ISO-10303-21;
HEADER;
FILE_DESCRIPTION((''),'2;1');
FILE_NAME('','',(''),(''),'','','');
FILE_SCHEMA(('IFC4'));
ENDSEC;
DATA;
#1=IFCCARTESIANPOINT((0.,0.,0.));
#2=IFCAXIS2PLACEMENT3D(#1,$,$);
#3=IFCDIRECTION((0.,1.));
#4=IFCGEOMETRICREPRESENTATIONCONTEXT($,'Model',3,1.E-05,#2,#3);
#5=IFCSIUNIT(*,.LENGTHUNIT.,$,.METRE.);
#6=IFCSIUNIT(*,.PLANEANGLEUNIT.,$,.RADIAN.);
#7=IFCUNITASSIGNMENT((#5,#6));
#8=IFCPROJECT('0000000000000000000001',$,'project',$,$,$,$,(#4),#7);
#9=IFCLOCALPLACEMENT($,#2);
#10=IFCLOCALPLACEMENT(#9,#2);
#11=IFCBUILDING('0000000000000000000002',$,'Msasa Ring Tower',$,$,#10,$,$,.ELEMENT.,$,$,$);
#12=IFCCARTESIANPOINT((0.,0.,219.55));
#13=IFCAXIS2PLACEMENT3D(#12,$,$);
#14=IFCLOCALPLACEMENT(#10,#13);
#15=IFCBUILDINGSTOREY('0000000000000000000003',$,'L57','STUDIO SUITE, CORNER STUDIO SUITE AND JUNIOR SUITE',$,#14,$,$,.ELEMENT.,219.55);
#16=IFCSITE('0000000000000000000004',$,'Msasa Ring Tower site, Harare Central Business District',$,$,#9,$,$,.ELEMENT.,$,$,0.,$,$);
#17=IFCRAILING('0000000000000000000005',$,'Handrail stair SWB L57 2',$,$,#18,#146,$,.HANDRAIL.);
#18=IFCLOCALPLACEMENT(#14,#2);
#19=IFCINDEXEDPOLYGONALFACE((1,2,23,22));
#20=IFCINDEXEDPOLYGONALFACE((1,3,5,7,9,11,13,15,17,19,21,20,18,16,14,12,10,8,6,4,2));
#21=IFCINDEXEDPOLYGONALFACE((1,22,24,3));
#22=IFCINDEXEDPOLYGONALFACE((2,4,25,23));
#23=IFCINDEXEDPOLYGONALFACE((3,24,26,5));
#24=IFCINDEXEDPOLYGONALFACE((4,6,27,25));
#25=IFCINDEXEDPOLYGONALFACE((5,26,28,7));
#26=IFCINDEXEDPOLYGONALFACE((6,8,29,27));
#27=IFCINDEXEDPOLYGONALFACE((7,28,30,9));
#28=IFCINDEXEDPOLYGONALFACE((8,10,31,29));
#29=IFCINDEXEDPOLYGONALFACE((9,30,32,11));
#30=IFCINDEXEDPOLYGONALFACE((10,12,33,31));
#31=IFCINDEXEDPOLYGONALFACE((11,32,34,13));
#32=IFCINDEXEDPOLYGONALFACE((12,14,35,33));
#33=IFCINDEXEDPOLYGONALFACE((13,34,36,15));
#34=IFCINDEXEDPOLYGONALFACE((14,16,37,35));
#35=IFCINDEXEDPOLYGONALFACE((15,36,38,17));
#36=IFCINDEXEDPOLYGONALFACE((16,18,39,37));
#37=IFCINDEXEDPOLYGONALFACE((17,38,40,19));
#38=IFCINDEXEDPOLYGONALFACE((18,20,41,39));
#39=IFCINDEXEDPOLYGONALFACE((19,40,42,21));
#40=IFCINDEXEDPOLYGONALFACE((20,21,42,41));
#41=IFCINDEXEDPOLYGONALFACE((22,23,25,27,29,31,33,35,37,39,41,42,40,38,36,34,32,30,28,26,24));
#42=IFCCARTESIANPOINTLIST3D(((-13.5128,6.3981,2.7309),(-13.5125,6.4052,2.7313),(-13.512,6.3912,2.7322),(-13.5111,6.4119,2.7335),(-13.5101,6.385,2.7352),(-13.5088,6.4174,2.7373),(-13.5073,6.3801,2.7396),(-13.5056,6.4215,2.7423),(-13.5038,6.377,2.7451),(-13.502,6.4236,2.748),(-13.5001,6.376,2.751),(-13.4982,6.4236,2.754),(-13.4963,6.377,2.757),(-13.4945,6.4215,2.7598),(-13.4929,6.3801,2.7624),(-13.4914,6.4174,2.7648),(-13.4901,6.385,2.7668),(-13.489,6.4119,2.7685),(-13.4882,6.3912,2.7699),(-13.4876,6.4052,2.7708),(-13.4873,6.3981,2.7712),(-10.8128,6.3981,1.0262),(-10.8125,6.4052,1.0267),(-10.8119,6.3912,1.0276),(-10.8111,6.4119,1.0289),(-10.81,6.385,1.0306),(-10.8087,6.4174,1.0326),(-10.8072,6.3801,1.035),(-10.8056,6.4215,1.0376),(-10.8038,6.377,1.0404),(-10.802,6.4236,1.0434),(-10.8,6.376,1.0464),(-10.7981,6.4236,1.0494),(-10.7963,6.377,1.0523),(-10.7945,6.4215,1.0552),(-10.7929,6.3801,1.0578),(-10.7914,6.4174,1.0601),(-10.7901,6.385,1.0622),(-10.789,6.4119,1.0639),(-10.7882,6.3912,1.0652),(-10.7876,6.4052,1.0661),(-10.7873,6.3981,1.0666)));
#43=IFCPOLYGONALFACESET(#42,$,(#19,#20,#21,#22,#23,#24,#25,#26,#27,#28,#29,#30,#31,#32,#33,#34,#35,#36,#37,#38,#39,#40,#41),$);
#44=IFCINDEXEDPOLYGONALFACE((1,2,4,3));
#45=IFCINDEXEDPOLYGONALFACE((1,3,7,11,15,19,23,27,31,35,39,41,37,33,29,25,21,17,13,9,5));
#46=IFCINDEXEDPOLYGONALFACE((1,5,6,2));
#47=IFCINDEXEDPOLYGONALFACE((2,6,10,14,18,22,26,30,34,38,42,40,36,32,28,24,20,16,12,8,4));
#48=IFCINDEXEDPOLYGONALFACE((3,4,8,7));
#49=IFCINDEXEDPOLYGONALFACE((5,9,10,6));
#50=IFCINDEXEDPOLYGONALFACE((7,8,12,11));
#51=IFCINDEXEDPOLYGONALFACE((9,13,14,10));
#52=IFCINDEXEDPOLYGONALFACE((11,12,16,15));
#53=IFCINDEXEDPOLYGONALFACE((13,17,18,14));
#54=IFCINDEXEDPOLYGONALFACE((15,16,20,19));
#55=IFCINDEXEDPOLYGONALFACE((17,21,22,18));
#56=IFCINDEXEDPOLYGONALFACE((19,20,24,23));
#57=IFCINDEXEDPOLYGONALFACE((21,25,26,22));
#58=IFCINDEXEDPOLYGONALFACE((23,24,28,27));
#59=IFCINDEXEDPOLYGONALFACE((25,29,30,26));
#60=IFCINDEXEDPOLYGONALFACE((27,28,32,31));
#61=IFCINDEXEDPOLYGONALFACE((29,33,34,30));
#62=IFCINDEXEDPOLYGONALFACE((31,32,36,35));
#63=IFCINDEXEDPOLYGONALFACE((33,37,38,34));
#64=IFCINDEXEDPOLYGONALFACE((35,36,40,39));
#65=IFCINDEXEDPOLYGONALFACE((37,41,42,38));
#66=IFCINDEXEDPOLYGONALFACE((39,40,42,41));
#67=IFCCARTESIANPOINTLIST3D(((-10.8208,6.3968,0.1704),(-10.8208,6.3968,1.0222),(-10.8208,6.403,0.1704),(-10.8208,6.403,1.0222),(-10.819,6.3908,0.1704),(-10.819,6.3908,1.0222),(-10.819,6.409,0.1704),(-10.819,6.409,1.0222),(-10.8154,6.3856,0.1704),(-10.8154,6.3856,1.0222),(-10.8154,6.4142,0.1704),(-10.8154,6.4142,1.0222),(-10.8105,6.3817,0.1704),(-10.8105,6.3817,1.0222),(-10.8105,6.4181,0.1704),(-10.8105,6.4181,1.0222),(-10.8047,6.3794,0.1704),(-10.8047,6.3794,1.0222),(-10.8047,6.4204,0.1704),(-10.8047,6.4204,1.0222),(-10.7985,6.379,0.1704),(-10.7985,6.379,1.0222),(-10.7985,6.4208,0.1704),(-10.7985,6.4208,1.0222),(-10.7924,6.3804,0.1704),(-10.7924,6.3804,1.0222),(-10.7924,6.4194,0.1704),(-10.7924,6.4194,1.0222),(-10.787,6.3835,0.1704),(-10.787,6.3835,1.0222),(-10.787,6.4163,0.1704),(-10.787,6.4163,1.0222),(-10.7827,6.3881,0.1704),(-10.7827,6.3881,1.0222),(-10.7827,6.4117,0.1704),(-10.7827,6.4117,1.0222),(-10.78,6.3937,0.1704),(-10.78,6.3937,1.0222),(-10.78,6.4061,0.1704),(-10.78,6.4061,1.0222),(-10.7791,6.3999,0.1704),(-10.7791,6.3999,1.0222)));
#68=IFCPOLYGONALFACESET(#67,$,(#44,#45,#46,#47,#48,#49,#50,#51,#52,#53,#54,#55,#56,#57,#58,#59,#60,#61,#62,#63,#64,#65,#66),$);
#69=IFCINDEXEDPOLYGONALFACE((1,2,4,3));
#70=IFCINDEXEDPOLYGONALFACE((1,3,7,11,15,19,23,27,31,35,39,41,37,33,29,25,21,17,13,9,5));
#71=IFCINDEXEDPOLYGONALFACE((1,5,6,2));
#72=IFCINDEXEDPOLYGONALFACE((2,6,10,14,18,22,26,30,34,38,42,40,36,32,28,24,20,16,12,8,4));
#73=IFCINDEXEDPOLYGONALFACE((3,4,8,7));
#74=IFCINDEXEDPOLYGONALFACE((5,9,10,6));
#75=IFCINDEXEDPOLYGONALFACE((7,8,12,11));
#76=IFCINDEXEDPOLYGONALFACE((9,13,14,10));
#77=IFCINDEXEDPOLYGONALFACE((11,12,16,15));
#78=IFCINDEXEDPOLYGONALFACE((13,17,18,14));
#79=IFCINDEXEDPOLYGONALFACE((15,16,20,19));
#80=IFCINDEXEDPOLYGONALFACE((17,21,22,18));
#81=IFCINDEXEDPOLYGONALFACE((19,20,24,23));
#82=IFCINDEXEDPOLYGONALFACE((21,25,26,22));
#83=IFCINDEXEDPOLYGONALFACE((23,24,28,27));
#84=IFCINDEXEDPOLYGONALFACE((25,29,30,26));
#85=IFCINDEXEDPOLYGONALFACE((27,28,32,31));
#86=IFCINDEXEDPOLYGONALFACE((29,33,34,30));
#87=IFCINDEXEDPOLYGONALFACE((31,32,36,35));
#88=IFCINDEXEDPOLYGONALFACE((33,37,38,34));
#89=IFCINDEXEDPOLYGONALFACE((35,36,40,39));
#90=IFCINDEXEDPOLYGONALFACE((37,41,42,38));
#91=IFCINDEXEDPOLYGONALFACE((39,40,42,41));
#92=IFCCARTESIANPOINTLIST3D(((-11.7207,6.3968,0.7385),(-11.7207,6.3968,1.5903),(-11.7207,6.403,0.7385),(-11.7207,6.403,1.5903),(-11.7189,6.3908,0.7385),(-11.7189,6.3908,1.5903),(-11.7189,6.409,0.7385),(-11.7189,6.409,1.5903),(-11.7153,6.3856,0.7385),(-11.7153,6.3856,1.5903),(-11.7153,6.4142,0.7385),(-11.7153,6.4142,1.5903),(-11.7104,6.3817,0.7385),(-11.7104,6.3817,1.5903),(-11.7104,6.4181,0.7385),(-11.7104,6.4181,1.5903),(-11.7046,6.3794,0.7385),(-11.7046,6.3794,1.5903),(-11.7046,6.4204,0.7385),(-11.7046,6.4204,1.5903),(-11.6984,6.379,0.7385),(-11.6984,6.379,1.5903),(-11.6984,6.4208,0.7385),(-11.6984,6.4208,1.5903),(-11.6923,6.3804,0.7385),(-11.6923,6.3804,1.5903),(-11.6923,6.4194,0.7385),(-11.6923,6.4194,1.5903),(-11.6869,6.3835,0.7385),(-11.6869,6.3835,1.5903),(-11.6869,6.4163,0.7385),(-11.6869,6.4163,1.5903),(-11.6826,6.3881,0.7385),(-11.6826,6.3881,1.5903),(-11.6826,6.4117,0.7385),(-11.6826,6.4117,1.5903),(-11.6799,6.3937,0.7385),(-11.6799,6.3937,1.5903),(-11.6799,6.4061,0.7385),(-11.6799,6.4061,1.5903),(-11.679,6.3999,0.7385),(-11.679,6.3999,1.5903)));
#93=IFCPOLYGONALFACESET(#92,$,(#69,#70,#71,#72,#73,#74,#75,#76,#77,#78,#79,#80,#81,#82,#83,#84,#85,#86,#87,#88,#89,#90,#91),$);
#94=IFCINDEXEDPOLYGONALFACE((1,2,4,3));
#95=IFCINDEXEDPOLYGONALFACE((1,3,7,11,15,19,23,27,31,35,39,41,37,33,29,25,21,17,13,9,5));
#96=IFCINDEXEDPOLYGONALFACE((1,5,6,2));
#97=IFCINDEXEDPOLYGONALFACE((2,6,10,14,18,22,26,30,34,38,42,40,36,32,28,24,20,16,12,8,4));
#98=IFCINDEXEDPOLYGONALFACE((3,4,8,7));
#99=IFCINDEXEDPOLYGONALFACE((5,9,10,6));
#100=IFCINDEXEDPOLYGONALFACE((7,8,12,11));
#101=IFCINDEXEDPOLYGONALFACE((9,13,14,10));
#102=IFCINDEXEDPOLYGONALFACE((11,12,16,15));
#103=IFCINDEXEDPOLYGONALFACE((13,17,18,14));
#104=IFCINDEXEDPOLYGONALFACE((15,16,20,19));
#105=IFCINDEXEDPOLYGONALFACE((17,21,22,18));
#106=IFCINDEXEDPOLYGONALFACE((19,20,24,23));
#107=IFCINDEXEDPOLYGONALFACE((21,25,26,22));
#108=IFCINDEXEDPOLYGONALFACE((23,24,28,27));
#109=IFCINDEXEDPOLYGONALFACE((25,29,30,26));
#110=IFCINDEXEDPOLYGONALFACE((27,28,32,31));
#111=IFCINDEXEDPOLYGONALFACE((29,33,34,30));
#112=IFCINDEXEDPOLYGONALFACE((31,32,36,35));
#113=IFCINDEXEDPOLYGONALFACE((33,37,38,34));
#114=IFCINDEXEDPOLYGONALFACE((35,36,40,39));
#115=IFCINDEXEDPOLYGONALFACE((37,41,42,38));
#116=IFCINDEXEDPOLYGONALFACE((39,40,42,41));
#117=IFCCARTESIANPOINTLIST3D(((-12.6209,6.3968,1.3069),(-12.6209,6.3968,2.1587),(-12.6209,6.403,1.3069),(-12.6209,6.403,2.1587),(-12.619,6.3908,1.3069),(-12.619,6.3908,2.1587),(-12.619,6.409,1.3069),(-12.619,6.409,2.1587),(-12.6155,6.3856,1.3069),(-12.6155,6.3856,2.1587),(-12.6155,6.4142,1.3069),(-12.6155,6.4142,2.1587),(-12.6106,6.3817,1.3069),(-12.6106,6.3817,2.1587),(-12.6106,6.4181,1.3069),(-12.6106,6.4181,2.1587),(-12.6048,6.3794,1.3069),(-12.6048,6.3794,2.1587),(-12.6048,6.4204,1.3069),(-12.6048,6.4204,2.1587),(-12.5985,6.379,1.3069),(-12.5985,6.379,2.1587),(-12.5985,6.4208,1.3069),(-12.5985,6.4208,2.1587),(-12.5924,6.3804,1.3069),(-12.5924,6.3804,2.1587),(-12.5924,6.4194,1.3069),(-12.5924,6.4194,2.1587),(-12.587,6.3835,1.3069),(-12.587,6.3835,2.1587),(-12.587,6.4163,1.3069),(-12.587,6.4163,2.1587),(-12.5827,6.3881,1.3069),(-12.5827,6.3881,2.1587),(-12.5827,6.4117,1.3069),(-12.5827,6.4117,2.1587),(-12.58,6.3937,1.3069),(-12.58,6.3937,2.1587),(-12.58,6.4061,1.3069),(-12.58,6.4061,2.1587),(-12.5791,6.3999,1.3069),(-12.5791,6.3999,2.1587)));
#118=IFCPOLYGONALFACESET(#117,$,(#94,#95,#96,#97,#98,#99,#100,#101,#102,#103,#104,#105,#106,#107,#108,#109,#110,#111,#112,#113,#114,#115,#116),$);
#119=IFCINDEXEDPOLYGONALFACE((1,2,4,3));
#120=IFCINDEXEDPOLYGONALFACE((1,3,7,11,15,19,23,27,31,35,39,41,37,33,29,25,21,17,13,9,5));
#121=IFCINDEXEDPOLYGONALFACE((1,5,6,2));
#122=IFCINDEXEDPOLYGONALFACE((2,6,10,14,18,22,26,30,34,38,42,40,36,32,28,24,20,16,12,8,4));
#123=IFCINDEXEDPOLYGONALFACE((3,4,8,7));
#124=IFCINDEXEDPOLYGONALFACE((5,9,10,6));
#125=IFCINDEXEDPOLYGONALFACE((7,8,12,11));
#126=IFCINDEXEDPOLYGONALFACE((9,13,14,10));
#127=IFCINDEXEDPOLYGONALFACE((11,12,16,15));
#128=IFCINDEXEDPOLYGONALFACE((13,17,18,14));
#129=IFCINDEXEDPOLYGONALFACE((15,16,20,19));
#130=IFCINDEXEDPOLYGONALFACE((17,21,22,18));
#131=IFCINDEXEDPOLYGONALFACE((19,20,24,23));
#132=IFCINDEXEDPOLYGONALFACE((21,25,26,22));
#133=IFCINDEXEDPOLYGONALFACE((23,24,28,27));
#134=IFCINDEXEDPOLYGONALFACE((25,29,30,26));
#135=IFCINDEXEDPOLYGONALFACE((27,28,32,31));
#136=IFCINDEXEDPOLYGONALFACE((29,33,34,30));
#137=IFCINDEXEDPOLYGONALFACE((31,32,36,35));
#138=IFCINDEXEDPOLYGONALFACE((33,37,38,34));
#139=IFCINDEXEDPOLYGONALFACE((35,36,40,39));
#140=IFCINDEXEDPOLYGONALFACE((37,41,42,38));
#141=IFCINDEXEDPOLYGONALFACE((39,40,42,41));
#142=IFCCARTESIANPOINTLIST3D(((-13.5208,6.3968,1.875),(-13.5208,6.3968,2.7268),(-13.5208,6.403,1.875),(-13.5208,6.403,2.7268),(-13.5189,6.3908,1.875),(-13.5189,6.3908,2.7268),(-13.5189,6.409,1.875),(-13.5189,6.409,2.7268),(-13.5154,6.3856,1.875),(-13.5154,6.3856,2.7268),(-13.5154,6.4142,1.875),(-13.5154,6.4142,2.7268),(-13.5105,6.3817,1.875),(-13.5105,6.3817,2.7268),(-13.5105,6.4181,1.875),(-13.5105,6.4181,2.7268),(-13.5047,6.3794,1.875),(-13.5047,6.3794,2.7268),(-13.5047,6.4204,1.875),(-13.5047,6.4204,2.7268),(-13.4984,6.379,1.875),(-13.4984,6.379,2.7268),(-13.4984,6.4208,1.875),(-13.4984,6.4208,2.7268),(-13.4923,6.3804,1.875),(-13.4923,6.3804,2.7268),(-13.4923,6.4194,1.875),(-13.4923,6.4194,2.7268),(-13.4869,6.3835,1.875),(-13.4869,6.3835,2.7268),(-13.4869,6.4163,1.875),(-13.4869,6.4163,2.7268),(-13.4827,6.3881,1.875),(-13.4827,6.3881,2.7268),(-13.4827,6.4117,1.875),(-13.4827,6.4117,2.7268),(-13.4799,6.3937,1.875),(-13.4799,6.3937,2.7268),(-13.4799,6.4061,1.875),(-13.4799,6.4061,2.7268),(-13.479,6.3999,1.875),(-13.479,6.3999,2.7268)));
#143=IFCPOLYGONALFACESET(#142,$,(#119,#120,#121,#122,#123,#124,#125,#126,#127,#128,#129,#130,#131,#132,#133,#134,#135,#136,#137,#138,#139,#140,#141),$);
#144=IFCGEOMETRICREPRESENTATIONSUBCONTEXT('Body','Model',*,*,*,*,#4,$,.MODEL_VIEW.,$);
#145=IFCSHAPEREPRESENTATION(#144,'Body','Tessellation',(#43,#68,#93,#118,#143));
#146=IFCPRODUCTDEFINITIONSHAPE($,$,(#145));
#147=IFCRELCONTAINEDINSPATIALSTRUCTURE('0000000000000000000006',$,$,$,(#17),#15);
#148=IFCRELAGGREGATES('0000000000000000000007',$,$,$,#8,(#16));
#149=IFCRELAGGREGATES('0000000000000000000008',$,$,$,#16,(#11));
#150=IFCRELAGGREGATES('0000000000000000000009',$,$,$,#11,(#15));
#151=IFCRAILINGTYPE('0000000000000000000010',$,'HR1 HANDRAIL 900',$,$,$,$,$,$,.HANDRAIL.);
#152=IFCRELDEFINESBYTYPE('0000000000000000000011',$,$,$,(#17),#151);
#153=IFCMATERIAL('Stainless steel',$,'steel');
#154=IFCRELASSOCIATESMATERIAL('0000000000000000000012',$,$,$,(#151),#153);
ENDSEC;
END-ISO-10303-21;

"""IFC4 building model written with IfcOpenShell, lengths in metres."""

from ifc_helpers import new_model, si_unit, direction, frame, origin, origin_2d, place, context, subcontext, project, spatial, circle, extrude, material, type_object, element, save


model = new_model("IFC4")

# Units and contexts
model_context = context("Model", 3, precision=1e-05, world=origin(), true_north=direction((0.0, 1.0)))
body_context = subcontext(model_context, "Body", "Model", "MODEL_VIEW")
ifc_project = project(units=[si_unit("LENGTHUNIT", "METRE"), si_unit("PLANEANGLEUNIT", "RADIAN")], contexts=[model_context])

# Site, building, storey
site_placement = place(None, origin())
site = spatial("IfcSite", under=ifc_project, at=site_placement, Name="Msasa Ring Tower site, Harare Central Business District", CompositionType="ELEMENT", RefElevation=0.0)
building_placement = place(site_placement, origin())
building = spatial("IfcBuilding", under=site, at=building_placement, Name="Msasa Ring Tower", CompositionType="ELEMENT")
storey_placement = place(building_placement, frame((0.0, 0.0, 219.55)))
storey = spatial("IfcBuildingStorey", under=building, at=storey_placement, Name="L57", Description="STUDIO SUITE, CORNER STUDIO SUITE AND JUNIOR SUITE", CompositionType="ELEMENT", Elevation=219.55)

# Railing
ifc_material_1 = material(Name="Stainless steel", Category="steel")
railing_type = type_object("IfcRailingType", Name="HR1 HANDRAIL 900", PredefinedType="HANDRAIL", material=ifc_material_1)
for number, where, name in (
    (1, (-10.8, 6.3999, 0.1704), "Handrail stair SWB L57 2"),
):
    element("IfcRailing", number, at=place(storey_placement, frame(where)), inside=storey, type_object=railing_type, Name=name, PredefinedType="HANDRAIL", context=body_context, shape_type="SweptSolid", body=[
        extrude(circle(Radius=0.0239, at=origin_2d()), frame((0.0, 0.0, 0.876), z_axis=(-0.84558, 0.0, 0.533849), x_axis=(0.0, -1.0, 0.0)), (0.0, 0.0, 1.0), 3.1931),
        extrude(circle(Radius=0.021, at=origin_2d()), origin(), (0.0, 0.0, 1.0), 0.8518),
        extrude(circle(Radius=0.021, at=origin_2d()), frame((-0.8999, 0.0, 0.5681)), (0.0, 0.0, 1.0), 0.8518),
        extrude(circle(Radius=0.021, at=origin_2d()), frame((-1.8, 0.0, 1.1365)), (0.0, 0.0, 1.0), 0.8518),
        extrude(circle(Radius=0.021, at=origin_2d()), frame((-2.7, 0.0, 1.7046)), (0.0, 0.0, 1.0), 0.8518),
    ])

save(model, "model.ifc")
